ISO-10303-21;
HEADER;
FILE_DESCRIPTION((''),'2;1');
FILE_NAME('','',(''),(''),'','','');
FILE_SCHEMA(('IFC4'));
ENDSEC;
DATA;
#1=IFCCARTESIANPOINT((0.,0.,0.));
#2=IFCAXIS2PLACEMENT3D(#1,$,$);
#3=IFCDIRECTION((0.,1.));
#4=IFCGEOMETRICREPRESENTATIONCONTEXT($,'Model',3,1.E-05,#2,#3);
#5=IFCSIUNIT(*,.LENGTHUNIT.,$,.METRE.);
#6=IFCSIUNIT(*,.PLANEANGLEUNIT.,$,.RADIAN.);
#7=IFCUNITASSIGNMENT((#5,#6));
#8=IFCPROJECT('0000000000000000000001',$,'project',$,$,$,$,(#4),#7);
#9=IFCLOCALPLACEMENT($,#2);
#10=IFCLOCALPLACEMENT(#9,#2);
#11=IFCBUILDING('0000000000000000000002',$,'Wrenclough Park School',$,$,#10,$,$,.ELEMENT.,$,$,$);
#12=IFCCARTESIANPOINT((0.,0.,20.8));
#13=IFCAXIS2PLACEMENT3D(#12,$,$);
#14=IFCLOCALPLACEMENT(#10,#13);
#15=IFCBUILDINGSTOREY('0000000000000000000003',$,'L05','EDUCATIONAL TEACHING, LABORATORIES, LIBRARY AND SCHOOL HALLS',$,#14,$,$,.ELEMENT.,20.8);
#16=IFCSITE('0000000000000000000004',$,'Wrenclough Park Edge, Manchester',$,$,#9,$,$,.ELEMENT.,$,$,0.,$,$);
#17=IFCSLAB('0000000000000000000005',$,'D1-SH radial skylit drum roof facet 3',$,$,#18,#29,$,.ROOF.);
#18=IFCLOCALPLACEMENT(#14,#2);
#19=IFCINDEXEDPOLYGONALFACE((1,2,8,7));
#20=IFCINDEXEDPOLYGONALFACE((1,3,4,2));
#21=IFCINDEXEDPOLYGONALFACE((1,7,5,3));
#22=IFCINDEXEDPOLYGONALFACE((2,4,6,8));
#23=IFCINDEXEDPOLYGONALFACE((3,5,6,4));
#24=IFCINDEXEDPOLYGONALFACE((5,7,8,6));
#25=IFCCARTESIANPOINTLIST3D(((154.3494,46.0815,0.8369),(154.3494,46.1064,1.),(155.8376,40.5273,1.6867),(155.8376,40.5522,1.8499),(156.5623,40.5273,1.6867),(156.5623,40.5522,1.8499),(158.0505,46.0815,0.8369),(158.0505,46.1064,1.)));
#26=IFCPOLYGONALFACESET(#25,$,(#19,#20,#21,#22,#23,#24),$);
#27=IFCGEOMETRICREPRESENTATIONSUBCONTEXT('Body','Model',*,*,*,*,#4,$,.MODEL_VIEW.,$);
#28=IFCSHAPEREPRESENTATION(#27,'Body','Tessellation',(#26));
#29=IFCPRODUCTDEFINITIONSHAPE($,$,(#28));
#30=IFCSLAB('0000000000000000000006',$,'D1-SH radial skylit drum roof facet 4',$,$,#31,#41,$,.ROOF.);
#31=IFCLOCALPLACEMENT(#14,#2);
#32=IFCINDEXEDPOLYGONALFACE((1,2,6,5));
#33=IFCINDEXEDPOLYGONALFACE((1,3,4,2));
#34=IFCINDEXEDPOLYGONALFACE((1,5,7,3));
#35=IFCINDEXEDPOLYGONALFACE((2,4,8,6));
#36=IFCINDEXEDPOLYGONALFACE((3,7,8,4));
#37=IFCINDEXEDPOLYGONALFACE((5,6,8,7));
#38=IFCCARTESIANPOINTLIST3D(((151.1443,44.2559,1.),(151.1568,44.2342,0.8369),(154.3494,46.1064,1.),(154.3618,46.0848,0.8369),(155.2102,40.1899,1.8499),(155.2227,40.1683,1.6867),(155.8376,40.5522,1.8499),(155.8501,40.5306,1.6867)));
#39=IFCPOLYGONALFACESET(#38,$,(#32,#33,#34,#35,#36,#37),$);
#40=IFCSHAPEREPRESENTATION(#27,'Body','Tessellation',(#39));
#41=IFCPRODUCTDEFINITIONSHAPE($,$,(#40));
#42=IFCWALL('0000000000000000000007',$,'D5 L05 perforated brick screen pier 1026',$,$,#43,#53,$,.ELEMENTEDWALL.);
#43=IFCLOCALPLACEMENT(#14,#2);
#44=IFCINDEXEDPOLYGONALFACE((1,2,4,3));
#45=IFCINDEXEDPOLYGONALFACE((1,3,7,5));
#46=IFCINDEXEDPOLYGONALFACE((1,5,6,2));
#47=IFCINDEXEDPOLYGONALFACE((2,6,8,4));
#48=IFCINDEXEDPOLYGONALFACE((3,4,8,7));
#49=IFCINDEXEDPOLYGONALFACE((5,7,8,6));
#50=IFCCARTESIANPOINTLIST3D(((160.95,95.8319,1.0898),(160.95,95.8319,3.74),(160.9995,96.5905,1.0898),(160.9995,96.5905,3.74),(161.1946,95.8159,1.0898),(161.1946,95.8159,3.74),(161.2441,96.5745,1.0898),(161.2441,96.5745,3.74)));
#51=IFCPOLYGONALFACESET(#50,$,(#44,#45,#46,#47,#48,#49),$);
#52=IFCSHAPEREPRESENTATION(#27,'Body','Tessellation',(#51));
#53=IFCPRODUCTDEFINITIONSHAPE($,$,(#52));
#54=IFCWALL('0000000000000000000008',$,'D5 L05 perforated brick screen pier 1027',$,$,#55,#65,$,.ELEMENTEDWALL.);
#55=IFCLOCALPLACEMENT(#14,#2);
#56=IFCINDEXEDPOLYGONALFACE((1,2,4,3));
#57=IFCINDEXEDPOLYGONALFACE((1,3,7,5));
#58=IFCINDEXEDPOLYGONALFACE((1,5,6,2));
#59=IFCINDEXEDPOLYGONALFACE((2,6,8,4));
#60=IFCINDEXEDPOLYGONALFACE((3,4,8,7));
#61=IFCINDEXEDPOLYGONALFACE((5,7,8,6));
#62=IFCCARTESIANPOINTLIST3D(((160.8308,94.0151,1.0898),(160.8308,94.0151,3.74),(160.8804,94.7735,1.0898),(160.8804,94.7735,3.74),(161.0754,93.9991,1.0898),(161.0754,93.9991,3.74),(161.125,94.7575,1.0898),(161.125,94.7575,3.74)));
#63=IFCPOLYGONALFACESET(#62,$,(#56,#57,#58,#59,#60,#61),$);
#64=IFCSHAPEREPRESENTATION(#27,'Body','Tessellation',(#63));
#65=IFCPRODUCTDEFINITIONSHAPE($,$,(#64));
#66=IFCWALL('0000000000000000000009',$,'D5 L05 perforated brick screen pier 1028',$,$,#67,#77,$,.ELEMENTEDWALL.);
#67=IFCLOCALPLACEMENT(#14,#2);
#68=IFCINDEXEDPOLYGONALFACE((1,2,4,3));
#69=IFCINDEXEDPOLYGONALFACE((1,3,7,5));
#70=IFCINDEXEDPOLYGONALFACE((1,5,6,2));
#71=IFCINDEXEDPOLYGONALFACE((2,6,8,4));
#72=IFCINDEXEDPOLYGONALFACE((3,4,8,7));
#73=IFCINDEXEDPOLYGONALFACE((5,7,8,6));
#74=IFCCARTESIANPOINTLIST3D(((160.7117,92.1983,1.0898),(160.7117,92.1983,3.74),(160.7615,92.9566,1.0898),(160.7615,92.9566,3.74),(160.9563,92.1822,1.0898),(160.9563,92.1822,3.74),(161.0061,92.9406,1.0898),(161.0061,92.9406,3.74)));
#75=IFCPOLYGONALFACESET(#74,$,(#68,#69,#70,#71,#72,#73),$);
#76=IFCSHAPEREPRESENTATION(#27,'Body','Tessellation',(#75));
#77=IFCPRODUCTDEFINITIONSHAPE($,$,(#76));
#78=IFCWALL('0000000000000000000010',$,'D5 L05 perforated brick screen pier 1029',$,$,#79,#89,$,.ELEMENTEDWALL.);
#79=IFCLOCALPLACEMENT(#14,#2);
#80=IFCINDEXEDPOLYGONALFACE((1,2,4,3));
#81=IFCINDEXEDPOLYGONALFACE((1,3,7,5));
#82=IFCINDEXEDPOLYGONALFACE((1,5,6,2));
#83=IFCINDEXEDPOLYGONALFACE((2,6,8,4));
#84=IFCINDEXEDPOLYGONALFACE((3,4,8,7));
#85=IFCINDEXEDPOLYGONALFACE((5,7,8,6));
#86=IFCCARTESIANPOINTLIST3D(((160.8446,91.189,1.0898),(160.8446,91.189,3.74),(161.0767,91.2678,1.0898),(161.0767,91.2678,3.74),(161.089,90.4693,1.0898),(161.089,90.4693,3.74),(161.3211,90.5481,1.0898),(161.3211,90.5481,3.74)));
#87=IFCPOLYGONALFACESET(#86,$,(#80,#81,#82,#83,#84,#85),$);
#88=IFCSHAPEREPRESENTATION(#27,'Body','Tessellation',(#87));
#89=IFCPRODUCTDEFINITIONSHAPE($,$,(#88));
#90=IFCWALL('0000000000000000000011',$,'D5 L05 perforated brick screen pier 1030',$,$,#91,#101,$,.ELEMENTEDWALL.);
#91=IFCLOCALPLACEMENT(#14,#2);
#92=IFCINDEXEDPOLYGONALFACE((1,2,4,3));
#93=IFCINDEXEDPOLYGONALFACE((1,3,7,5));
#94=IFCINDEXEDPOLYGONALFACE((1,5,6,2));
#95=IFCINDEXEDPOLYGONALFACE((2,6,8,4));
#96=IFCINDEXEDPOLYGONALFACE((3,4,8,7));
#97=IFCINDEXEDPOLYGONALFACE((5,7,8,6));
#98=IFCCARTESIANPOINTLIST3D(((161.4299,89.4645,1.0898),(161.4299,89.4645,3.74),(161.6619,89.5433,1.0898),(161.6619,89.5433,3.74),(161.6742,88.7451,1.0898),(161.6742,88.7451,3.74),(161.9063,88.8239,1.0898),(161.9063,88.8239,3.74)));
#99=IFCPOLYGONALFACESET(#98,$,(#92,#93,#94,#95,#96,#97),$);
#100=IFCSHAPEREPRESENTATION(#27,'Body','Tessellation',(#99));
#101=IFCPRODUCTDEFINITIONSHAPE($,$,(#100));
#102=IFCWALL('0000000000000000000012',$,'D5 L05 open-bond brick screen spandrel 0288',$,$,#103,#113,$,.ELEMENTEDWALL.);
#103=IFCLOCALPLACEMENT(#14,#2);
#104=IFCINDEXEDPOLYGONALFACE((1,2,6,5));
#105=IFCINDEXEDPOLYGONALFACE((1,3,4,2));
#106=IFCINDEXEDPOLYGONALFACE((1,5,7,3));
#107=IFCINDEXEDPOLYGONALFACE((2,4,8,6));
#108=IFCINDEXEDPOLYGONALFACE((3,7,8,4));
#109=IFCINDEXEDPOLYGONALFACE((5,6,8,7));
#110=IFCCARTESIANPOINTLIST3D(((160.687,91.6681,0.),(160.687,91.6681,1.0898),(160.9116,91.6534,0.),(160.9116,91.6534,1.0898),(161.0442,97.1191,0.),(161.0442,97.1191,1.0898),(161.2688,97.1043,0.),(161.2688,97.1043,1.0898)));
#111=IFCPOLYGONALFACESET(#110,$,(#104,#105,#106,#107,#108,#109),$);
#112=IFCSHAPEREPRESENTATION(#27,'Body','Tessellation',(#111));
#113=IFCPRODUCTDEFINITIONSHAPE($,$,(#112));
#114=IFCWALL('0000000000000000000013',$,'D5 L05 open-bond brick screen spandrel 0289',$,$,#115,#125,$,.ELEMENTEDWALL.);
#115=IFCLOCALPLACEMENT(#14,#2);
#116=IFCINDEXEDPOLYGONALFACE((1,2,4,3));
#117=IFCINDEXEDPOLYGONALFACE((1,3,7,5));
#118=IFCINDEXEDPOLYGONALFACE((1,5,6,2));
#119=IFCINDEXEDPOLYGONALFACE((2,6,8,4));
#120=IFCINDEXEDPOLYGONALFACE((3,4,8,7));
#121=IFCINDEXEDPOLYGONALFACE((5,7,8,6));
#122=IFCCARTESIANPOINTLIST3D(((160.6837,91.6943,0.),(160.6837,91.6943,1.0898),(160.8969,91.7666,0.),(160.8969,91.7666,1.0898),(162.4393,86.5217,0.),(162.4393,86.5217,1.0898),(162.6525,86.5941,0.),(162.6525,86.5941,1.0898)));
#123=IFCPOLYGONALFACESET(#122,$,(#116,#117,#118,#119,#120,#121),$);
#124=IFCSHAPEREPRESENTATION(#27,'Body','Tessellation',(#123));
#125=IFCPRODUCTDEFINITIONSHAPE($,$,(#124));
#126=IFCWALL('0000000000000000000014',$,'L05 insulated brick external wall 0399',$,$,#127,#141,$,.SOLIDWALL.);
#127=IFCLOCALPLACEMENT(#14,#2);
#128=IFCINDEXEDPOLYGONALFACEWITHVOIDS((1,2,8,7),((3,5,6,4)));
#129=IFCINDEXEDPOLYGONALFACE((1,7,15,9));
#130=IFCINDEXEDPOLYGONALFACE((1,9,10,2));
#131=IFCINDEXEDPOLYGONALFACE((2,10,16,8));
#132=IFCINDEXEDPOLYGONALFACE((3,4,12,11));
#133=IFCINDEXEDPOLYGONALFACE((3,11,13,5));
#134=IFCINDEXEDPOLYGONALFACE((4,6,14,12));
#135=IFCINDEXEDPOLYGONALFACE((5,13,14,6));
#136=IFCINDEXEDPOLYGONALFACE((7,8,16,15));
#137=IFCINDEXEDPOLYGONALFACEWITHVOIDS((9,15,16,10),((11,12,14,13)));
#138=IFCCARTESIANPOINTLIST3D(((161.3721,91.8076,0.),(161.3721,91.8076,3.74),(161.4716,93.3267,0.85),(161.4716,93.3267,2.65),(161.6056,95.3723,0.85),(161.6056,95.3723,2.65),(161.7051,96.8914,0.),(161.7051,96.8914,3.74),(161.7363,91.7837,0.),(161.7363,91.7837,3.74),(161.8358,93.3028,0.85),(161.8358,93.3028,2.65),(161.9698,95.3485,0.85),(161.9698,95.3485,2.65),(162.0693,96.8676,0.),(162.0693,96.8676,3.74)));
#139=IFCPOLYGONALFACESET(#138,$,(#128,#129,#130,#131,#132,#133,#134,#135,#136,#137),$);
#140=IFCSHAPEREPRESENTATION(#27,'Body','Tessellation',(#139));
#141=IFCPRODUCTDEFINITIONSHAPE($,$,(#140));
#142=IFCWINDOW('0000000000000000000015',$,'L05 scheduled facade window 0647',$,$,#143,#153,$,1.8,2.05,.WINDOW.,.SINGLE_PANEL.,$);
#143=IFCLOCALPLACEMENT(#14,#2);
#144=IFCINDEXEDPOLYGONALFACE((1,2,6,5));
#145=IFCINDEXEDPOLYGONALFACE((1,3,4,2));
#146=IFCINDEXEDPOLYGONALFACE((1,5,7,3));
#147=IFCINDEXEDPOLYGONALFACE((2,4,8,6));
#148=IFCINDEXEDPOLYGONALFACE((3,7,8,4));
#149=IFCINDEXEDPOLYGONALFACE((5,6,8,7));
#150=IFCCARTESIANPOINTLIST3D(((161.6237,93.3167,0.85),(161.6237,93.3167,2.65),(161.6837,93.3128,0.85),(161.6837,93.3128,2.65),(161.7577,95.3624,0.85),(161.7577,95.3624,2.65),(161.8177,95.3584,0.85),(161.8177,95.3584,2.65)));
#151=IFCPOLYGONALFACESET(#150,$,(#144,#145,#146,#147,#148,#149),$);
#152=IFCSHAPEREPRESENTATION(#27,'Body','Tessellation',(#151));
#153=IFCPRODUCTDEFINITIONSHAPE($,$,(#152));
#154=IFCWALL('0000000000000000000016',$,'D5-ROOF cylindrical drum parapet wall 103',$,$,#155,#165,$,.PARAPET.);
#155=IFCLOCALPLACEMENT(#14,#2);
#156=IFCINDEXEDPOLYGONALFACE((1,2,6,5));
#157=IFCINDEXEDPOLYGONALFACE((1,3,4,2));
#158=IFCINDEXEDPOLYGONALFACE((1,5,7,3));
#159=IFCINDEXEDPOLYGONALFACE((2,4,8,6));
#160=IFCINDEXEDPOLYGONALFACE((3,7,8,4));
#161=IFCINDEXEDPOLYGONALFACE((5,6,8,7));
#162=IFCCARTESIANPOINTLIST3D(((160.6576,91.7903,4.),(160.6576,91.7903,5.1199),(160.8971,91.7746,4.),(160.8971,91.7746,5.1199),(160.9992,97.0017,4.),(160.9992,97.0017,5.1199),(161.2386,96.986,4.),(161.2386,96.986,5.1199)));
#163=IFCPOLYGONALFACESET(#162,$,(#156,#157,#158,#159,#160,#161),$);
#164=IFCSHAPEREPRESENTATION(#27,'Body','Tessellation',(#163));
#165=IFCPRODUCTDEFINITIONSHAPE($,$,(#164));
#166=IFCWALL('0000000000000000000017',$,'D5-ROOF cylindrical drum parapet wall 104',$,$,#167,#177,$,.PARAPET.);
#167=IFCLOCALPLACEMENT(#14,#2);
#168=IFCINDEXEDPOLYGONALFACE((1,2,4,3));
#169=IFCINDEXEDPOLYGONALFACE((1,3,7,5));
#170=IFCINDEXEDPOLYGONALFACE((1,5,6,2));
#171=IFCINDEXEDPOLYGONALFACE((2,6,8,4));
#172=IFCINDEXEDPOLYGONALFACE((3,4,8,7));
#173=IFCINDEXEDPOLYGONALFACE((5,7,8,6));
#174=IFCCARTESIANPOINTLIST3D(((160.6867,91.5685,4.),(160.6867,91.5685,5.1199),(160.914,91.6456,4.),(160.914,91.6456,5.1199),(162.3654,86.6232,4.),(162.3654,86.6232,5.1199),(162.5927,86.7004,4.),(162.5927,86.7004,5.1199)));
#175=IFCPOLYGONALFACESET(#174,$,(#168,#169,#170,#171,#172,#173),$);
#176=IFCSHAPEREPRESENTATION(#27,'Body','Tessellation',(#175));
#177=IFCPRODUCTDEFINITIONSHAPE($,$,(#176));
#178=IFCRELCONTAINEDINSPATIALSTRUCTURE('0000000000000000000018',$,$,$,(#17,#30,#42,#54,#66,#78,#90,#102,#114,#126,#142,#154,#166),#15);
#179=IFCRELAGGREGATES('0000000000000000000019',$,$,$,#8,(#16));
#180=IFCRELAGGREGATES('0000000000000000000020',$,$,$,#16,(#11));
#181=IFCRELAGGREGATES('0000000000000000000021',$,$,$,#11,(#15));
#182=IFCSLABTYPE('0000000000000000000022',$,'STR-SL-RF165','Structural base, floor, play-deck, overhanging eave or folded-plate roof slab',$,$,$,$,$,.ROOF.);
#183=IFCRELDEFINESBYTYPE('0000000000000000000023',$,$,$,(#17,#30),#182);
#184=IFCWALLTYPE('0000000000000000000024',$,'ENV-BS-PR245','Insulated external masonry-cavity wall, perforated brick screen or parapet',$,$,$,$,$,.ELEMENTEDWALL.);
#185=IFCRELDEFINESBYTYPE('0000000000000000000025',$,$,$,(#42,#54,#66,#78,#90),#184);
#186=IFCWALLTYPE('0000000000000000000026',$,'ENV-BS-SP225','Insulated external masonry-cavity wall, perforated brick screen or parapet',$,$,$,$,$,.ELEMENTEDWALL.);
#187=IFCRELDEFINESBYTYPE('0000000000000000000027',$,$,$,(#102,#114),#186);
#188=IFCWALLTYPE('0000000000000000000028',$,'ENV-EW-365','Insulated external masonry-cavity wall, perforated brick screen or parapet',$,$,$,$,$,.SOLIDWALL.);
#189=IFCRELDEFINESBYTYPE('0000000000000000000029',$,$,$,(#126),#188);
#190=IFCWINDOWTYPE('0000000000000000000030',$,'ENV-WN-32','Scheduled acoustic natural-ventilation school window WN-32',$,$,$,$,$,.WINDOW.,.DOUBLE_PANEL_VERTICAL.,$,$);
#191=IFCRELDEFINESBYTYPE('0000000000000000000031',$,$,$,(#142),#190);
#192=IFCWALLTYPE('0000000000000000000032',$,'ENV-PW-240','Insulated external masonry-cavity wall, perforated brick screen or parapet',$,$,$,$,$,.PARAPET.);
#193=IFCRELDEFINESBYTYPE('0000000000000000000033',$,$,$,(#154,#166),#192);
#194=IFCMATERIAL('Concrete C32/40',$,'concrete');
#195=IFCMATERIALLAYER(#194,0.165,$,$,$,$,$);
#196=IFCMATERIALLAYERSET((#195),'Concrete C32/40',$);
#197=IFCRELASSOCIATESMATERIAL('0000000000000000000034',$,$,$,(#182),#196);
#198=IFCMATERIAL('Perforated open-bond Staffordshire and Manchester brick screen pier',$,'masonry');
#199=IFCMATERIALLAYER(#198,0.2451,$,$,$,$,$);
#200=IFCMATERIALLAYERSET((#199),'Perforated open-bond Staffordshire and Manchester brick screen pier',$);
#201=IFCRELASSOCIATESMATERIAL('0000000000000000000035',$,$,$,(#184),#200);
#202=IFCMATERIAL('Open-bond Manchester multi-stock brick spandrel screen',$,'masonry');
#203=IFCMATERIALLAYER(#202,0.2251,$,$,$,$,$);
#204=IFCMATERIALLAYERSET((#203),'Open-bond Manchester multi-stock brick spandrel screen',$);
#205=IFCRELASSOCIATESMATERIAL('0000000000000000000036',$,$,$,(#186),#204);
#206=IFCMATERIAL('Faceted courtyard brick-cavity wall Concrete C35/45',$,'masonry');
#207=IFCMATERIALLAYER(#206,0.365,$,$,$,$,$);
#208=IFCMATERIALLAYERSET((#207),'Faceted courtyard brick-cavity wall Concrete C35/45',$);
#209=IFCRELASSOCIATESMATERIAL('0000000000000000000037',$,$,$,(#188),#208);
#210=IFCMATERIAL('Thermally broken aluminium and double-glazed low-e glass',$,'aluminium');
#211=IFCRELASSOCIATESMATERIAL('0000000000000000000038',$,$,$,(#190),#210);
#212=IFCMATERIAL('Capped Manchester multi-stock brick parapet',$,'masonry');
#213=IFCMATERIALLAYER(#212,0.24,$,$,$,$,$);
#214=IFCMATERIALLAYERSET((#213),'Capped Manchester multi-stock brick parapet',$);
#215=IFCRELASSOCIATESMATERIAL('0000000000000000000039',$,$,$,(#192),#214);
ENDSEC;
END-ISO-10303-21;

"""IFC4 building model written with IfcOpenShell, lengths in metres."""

from ifc_helpers import new_model, si_unit, direction, frame, frame_2d, origin, place, context, subcontext, project, spatial, polyline, rectangle, outline, extrude, material, layer, layer_set, type_object, element, fill, save


model = new_model("IFC4")

# Units and contexts
model_context = context("Model", 3, precision=1e-05, world=origin(), true_north=direction((0.0, 1.0)))
body_context = subcontext(model_context, "Body", "Model", "MODEL_VIEW")
ifc_project = project(units=[si_unit("LENGTHUNIT", "METRE"), si_unit("PLANEANGLEUNIT", "RADIAN")], contexts=[model_context])

# Site, building, storey
site_placement = place(None, origin())
site = spatial("IfcSite", under=ifc_project, at=site_placement, Name="Wrenclough Park Edge, Manchester", CompositionType="ELEMENT", RefElevation=0.0)
building_placement = place(site_placement, origin())
building = spatial("IfcBuilding", under=site, at=building_placement, Name="Wrenclough Park School", CompositionType="ELEMENT")
storey_placement = place(building_placement, frame((0.0, 0.0, 20.8)))
storey = spatial("IfcBuildingStorey", under=building, at=storey_placement, Name="L05", Description="EDUCATIONAL TEACHING, LABORATORIES, LIBRARY AND SCHOOL HALLS", CompositionType="ELEMENT", Elevation=20.8)

# Slabs
ifc_material_1 = material(Name="Concrete C32/40", Category="concrete")
ifc_layer_1 = layer(ifc_material_1, 0.165)
ifc_layer_set_1 = layer_set([ifc_layer_1], Name="Concrete C32/40")
slab_type = type_object("IfcSlabType", Name="STR-SL-RF165", Description="Structural base, floor, play-deck, overhanging eave or folded-plate roof slab", PredefinedType="ROOF", material=ifc_layer_set_1)
slab_1_placement = place(storey_placement, frame((158.0505, 46.1064, 1.0), z_axis=(0.0, 0.151251, 0.988495), x_axis=(-1.0, 0.0, 0.0)))
element("IfcSlab", 1, at=slab_1_placement, inside=storey, type_object=slab_type, Name="D1-SH radial skylit drum roof facet 3", PredefinedType="ROOF", context=body_context, shape_type="SweptSolid", body=[
    extrude(outline(polyline([(0.0, 0.0), (3.7012, 0.0), (2.2129, 5.6188), (1.4883, 5.6188), (0.0, 0.0)])), origin(), (0.0, 0.0, -1.0), 0.165),
])
slab_2_placement = place(storey_placement, frame((154.3494, 46.1064, 1.0), z_axis=(-0.07563, 0.130985, 0.988495), x_axis=(-0.86601, -0.500027, -0.000001)))
element("IfcSlab", 2, at=slab_2_placement, inside=storey, type_object=slab_type, Name="D1-SH radial skylit drum roof facet 4", PredefinedType="ROOF", context=body_context, shape_type="SweptSolid", body=[
    extrude(outline(polyline([(0.0, 0.0), (3.701, 0.0), (2.2129, 5.6188), (1.4884, 5.6188), (0.0, 0.0)])), origin(), (0.0, 0.0, -1.0), 0.165),
])

# Walls
ifc_material_2 = material(Name="Perforated open-bond Staffordshire and Manchester brick screen pier", Category="masonry")
ifc_layer_2 = layer(ifc_material_2, 0.2451)
ifc_layer_set_2 = layer_set([ifc_layer_2], Name="Perforated open-bond Staffordshire and Manchester brick screen pier")
wall_type_1 = type_object("IfcWallType", Name="ENV-BS-PR245", Description="Insulated external masonry-cavity wall, perforated brick screen or parapet", PredefinedType="ELEMENTEDWALL", material=ifc_layer_set_2)
wall_1_placement = place(storey_placement, frame((161.1218, 96.5825, 1.0898), z_axis=(0.0, 0.0, 1.0), x_axis=(-0.065197, -0.997872, 0.0)))
element("IfcWall", 3, at=wall_1_placement, inside=storey, type_object=wall_type_1, Name="D5 L05 perforated brick screen pier 1026", PredefinedType="ELEMENTEDWALL", context=body_context, shape_type="SweptSolid", body=[
    extrude(rectangle(XDim=0.7603, YDim=0.2451, at=frame_2d((0.3801, 0.0))), origin(), (0.0, 0.0, 1.0), 2.6501),
])
for number, where, z_axis, x_axis, name in (
    (4, (161.0027, 94.7654, 1.0898), (0.0, 0.0, 1.0), (-0.065218, -0.997871, 0.0), "D5 L05 perforated brick screen pier 1027"),
    (5, (160.8838, 92.9485, 1.0898), (0.0, 0.0, 1.0), (-0.065538, -0.99785, 0.0), "D5 L05 perforated brick screen pier 1028"),
    (6, (160.9607, 91.2283, 1.0898), (0.0, 0.0, 1.0), (0.321523, -0.946902, 0.0), "D5 L05 perforated brick screen pier 1029"),
):
    element("IfcWall", number, at=place(storey_placement, frame(where, z_axis=z_axis, x_axis=x_axis)), inside=storey, type_object=wall_type_1, Name=name, PredefinedType="ELEMENTEDWALL", context=body_context, shape_type="SweptSolid", body=[
        extrude(rectangle(XDim=0.76, YDim=0.2451, at=frame_2d((0.3799, 0.0))), origin(), (0.0, 0.0, 1.0), 2.6501),
    ])
wall_2_placement = place(storey_placement, frame((161.5459, 89.5039, 1.0898), z_axis=(0.0, 0.0, 1.0), x_axis=(0.32162, -0.946869, 0.0)))
element("IfcWall", 7, at=wall_2_placement, inside=storey, type_object=wall_type_1, Name="D5 L05 perforated brick screen pier 1030", PredefinedType="ELEMENTEDWALL", context=body_context, shape_type="SweptSolid", body=[
    extrude(rectangle(XDim=0.7598, YDim=0.2451, at=frame_2d((0.3799, 0.0))), origin(), (0.0, 0.0, 1.0), 2.6501),
])
ifc_material_3 = material(Name="Open-bond Manchester multi-stock brick spandrel screen", Category="masonry")
ifc_layer_3 = layer(ifc_material_3, 0.2251)
ifc_layer_set_3 = layer_set([ifc_layer_3], Name="Open-bond Manchester multi-stock brick spandrel screen")
wall_type_2 = type_object("IfcWallType", Name="ENV-BS-SP225", Description="Insulated external masonry-cavity wall, perforated brick screen or parapet", PredefinedType="ELEMENTEDWALL", material=ifc_layer_set_3)
wall_3_placement = place(storey_placement, frame((161.1565, 97.1118, 0.0), z_axis=(0.0, 0.0, 1.0), x_axis=(-0.065386, -0.99786, 0.0)))
element("IfcWall", 8, at=wall_3_placement, inside=storey, type_object=wall_type_2, Name="D5 L05 open-bond brick screen spandrel 0288", PredefinedType="ELEMENTEDWALL", context=body_context, shape_type="SweptSolid", body=[
    extrude(rectangle(XDim=5.4626, YDim=0.2251, at=frame_2d((2.7314, 0.0))), origin(), (0.0, 0.0, 1.0), 1.0898),
])
wall_4_placement = place(storey_placement, frame((160.7903, 91.7305, 0.0), z_axis=(0.0, 0.0, 1.0), x_axis=(0.321399, -0.946944, 0.0)))
element("IfcWall", 9, at=wall_4_placement, inside=storey, type_object=wall_type_2, Name="D5 L05 open-bond brick screen spandrel 0289", PredefinedType="ELEMENTEDWALL", context=body_context, shape_type="SweptSolid", body=[
    extrude(rectangle(XDim=5.4624, YDim=0.2251, at=frame_2d((2.7312, 0.0))), origin(), (0.0, 0.0, 1.0), 1.0898),
])

# Wall, opening, window
ifc_material_4 = material(Name="Faceted courtyard brick-cavity wall Concrete C35/45", Category="masonry")
ifc_layer_4 = layer(ifc_material_4, 0.365)
ifc_layer_set_4 = layer_set([ifc_layer_4], Name="Faceted courtyard brick-cavity wall Concrete C35/45")
wall_type_3 = type_object("IfcWallType", Name="ENV-EW-365", Description="Insulated external masonry-cavity wall, perforated brick screen or parapet", PredefinedType="SOLIDWALL", material=ifc_layer_set_4)
wall_5_placement = place(storey_placement, frame((161.5542, 91.7957, 0.0), z_axis=(0.0, 0.0, 1.0), x_axis=(0.065364, 0.997861, 0.0)))
wall_5 = element("IfcWall", 10, at=wall_5_placement, inside=storey, type_object=wall_type_3, Name="L05 insulated brick external wall 0399", PredefinedType="SOLIDWALL", context=body_context, shape_type="SweptSolid", body=[
    extrude(rectangle(XDim=5.0947, YDim=0.365, at=frame_2d((2.5474, 0.0))), origin(), (0.0, 0.0, 1.0), 3.74),
])
opening_placement = place(wall_5_placement, frame((1.5225, 0.0, 0.8501)))
opening = element("IfcOpeningElement", 11, at=opening_placement, cuts=wall_5, PredefinedType="OPENING", context=body_context, shape_type="SweptSolid", body=[
    extrude(rectangle(XDim=2.05, YDim=1.8, at=frame_2d((1.0249, 0.8999))), frame((0.0, 0.1924, 0.0), z_axis=(0.0, -1.0, 0.0), x_axis=(1.0, 0.0, 0.0)), (0.0, 0.0, 1.0), 0.385),
])
ifc_material_5 = material(Name="Thermally broken aluminium and double-glazed low-e glass", Category="aluminium")
window_type = type_object("IfcWindowType", Name="ENV-WN-32", Description="Scheduled acoustic natural-ventilation school window WN-32", PartitioningType="DOUBLE_PANEL_VERTICAL", PredefinedType="WINDOW", material=ifc_material_5)
window_placement = place(opening_placement, origin())
window = element("IfcWindow", 12, at=window_placement, inside=storey, type_object=window_type, Name="L05 scheduled facade window 0647", OverallHeight=1.8, OverallWidth=2.05, PartitioningType="SINGLE_PANEL", PredefinedType="WINDOW", context=body_context, shape_type="SweptSolid", body=[
    extrude(rectangle(XDim=2.05, YDim=1.8, at=frame_2d((1.0249, 0.8999))), frame((0.0, 0.03, 0.0), z_axis=(0.0, -1.0, 0.0), x_axis=(1.0, 0.0, 0.0)), (0.0, 0.0, 1.0), 0.0601),
])
fill(opening, window)

# Walls
ifc_material_6 = material(Name="Capped Manchester multi-stock brick parapet", Category="masonry")
ifc_layer_5 = layer(ifc_material_6, 0.24)
ifc_layer_set_5 = layer_set([ifc_layer_5], Name="Capped Manchester multi-stock brick parapet")
wall_type_4 = type_object("IfcWallType", Name="ENV-PW-240", Description="Insulated external masonry-cavity wall, perforated brick screen or parapet", PredefinedType="PARAPET", material=ifc_layer_set_5)
wall_6_placement = place(storey_placement, frame((161.1189, 96.9939, 4.0), z_axis=(0.0, 0.0, 1.0), x_axis=(-0.065399, -0.997859, 0.0)))
element("IfcWall", 13, at=wall_6_placement, inside=storey, type_object=wall_type_4, Name="D5-ROOF cylindrical drum parapet wall 103", PredefinedType="PARAPET", context=body_context, shape_type="SweptSolid", body=[
    extrude(rectangle(XDim=5.2227, YDim=0.24, at=frame_2d((2.6113, 0.0))), origin(), (0.0, 0.0, 1.0), 1.1199),
])
wall_7_placement = place(storey_placement, frame((160.8003, 91.6072, 4.0), z_axis=(0.0, 0.0, 1.0), x_axis=(0.32144, -0.94693, 0.0)))
element("IfcWall", 14, at=wall_7_placement, inside=storey, type_object=wall_type_4, Name="D5-ROOF cylindrical drum parapet wall 104", PredefinedType="PARAPET", context=body_context, shape_type="SweptSolid", body=[
    extrude(rectangle(XDim=5.2224, YDim=0.24, at=frame_2d((2.6113, 0.0))), origin(), (0.0, 0.0, 1.0), 1.1199),
])

save(model, "model.ifc")
